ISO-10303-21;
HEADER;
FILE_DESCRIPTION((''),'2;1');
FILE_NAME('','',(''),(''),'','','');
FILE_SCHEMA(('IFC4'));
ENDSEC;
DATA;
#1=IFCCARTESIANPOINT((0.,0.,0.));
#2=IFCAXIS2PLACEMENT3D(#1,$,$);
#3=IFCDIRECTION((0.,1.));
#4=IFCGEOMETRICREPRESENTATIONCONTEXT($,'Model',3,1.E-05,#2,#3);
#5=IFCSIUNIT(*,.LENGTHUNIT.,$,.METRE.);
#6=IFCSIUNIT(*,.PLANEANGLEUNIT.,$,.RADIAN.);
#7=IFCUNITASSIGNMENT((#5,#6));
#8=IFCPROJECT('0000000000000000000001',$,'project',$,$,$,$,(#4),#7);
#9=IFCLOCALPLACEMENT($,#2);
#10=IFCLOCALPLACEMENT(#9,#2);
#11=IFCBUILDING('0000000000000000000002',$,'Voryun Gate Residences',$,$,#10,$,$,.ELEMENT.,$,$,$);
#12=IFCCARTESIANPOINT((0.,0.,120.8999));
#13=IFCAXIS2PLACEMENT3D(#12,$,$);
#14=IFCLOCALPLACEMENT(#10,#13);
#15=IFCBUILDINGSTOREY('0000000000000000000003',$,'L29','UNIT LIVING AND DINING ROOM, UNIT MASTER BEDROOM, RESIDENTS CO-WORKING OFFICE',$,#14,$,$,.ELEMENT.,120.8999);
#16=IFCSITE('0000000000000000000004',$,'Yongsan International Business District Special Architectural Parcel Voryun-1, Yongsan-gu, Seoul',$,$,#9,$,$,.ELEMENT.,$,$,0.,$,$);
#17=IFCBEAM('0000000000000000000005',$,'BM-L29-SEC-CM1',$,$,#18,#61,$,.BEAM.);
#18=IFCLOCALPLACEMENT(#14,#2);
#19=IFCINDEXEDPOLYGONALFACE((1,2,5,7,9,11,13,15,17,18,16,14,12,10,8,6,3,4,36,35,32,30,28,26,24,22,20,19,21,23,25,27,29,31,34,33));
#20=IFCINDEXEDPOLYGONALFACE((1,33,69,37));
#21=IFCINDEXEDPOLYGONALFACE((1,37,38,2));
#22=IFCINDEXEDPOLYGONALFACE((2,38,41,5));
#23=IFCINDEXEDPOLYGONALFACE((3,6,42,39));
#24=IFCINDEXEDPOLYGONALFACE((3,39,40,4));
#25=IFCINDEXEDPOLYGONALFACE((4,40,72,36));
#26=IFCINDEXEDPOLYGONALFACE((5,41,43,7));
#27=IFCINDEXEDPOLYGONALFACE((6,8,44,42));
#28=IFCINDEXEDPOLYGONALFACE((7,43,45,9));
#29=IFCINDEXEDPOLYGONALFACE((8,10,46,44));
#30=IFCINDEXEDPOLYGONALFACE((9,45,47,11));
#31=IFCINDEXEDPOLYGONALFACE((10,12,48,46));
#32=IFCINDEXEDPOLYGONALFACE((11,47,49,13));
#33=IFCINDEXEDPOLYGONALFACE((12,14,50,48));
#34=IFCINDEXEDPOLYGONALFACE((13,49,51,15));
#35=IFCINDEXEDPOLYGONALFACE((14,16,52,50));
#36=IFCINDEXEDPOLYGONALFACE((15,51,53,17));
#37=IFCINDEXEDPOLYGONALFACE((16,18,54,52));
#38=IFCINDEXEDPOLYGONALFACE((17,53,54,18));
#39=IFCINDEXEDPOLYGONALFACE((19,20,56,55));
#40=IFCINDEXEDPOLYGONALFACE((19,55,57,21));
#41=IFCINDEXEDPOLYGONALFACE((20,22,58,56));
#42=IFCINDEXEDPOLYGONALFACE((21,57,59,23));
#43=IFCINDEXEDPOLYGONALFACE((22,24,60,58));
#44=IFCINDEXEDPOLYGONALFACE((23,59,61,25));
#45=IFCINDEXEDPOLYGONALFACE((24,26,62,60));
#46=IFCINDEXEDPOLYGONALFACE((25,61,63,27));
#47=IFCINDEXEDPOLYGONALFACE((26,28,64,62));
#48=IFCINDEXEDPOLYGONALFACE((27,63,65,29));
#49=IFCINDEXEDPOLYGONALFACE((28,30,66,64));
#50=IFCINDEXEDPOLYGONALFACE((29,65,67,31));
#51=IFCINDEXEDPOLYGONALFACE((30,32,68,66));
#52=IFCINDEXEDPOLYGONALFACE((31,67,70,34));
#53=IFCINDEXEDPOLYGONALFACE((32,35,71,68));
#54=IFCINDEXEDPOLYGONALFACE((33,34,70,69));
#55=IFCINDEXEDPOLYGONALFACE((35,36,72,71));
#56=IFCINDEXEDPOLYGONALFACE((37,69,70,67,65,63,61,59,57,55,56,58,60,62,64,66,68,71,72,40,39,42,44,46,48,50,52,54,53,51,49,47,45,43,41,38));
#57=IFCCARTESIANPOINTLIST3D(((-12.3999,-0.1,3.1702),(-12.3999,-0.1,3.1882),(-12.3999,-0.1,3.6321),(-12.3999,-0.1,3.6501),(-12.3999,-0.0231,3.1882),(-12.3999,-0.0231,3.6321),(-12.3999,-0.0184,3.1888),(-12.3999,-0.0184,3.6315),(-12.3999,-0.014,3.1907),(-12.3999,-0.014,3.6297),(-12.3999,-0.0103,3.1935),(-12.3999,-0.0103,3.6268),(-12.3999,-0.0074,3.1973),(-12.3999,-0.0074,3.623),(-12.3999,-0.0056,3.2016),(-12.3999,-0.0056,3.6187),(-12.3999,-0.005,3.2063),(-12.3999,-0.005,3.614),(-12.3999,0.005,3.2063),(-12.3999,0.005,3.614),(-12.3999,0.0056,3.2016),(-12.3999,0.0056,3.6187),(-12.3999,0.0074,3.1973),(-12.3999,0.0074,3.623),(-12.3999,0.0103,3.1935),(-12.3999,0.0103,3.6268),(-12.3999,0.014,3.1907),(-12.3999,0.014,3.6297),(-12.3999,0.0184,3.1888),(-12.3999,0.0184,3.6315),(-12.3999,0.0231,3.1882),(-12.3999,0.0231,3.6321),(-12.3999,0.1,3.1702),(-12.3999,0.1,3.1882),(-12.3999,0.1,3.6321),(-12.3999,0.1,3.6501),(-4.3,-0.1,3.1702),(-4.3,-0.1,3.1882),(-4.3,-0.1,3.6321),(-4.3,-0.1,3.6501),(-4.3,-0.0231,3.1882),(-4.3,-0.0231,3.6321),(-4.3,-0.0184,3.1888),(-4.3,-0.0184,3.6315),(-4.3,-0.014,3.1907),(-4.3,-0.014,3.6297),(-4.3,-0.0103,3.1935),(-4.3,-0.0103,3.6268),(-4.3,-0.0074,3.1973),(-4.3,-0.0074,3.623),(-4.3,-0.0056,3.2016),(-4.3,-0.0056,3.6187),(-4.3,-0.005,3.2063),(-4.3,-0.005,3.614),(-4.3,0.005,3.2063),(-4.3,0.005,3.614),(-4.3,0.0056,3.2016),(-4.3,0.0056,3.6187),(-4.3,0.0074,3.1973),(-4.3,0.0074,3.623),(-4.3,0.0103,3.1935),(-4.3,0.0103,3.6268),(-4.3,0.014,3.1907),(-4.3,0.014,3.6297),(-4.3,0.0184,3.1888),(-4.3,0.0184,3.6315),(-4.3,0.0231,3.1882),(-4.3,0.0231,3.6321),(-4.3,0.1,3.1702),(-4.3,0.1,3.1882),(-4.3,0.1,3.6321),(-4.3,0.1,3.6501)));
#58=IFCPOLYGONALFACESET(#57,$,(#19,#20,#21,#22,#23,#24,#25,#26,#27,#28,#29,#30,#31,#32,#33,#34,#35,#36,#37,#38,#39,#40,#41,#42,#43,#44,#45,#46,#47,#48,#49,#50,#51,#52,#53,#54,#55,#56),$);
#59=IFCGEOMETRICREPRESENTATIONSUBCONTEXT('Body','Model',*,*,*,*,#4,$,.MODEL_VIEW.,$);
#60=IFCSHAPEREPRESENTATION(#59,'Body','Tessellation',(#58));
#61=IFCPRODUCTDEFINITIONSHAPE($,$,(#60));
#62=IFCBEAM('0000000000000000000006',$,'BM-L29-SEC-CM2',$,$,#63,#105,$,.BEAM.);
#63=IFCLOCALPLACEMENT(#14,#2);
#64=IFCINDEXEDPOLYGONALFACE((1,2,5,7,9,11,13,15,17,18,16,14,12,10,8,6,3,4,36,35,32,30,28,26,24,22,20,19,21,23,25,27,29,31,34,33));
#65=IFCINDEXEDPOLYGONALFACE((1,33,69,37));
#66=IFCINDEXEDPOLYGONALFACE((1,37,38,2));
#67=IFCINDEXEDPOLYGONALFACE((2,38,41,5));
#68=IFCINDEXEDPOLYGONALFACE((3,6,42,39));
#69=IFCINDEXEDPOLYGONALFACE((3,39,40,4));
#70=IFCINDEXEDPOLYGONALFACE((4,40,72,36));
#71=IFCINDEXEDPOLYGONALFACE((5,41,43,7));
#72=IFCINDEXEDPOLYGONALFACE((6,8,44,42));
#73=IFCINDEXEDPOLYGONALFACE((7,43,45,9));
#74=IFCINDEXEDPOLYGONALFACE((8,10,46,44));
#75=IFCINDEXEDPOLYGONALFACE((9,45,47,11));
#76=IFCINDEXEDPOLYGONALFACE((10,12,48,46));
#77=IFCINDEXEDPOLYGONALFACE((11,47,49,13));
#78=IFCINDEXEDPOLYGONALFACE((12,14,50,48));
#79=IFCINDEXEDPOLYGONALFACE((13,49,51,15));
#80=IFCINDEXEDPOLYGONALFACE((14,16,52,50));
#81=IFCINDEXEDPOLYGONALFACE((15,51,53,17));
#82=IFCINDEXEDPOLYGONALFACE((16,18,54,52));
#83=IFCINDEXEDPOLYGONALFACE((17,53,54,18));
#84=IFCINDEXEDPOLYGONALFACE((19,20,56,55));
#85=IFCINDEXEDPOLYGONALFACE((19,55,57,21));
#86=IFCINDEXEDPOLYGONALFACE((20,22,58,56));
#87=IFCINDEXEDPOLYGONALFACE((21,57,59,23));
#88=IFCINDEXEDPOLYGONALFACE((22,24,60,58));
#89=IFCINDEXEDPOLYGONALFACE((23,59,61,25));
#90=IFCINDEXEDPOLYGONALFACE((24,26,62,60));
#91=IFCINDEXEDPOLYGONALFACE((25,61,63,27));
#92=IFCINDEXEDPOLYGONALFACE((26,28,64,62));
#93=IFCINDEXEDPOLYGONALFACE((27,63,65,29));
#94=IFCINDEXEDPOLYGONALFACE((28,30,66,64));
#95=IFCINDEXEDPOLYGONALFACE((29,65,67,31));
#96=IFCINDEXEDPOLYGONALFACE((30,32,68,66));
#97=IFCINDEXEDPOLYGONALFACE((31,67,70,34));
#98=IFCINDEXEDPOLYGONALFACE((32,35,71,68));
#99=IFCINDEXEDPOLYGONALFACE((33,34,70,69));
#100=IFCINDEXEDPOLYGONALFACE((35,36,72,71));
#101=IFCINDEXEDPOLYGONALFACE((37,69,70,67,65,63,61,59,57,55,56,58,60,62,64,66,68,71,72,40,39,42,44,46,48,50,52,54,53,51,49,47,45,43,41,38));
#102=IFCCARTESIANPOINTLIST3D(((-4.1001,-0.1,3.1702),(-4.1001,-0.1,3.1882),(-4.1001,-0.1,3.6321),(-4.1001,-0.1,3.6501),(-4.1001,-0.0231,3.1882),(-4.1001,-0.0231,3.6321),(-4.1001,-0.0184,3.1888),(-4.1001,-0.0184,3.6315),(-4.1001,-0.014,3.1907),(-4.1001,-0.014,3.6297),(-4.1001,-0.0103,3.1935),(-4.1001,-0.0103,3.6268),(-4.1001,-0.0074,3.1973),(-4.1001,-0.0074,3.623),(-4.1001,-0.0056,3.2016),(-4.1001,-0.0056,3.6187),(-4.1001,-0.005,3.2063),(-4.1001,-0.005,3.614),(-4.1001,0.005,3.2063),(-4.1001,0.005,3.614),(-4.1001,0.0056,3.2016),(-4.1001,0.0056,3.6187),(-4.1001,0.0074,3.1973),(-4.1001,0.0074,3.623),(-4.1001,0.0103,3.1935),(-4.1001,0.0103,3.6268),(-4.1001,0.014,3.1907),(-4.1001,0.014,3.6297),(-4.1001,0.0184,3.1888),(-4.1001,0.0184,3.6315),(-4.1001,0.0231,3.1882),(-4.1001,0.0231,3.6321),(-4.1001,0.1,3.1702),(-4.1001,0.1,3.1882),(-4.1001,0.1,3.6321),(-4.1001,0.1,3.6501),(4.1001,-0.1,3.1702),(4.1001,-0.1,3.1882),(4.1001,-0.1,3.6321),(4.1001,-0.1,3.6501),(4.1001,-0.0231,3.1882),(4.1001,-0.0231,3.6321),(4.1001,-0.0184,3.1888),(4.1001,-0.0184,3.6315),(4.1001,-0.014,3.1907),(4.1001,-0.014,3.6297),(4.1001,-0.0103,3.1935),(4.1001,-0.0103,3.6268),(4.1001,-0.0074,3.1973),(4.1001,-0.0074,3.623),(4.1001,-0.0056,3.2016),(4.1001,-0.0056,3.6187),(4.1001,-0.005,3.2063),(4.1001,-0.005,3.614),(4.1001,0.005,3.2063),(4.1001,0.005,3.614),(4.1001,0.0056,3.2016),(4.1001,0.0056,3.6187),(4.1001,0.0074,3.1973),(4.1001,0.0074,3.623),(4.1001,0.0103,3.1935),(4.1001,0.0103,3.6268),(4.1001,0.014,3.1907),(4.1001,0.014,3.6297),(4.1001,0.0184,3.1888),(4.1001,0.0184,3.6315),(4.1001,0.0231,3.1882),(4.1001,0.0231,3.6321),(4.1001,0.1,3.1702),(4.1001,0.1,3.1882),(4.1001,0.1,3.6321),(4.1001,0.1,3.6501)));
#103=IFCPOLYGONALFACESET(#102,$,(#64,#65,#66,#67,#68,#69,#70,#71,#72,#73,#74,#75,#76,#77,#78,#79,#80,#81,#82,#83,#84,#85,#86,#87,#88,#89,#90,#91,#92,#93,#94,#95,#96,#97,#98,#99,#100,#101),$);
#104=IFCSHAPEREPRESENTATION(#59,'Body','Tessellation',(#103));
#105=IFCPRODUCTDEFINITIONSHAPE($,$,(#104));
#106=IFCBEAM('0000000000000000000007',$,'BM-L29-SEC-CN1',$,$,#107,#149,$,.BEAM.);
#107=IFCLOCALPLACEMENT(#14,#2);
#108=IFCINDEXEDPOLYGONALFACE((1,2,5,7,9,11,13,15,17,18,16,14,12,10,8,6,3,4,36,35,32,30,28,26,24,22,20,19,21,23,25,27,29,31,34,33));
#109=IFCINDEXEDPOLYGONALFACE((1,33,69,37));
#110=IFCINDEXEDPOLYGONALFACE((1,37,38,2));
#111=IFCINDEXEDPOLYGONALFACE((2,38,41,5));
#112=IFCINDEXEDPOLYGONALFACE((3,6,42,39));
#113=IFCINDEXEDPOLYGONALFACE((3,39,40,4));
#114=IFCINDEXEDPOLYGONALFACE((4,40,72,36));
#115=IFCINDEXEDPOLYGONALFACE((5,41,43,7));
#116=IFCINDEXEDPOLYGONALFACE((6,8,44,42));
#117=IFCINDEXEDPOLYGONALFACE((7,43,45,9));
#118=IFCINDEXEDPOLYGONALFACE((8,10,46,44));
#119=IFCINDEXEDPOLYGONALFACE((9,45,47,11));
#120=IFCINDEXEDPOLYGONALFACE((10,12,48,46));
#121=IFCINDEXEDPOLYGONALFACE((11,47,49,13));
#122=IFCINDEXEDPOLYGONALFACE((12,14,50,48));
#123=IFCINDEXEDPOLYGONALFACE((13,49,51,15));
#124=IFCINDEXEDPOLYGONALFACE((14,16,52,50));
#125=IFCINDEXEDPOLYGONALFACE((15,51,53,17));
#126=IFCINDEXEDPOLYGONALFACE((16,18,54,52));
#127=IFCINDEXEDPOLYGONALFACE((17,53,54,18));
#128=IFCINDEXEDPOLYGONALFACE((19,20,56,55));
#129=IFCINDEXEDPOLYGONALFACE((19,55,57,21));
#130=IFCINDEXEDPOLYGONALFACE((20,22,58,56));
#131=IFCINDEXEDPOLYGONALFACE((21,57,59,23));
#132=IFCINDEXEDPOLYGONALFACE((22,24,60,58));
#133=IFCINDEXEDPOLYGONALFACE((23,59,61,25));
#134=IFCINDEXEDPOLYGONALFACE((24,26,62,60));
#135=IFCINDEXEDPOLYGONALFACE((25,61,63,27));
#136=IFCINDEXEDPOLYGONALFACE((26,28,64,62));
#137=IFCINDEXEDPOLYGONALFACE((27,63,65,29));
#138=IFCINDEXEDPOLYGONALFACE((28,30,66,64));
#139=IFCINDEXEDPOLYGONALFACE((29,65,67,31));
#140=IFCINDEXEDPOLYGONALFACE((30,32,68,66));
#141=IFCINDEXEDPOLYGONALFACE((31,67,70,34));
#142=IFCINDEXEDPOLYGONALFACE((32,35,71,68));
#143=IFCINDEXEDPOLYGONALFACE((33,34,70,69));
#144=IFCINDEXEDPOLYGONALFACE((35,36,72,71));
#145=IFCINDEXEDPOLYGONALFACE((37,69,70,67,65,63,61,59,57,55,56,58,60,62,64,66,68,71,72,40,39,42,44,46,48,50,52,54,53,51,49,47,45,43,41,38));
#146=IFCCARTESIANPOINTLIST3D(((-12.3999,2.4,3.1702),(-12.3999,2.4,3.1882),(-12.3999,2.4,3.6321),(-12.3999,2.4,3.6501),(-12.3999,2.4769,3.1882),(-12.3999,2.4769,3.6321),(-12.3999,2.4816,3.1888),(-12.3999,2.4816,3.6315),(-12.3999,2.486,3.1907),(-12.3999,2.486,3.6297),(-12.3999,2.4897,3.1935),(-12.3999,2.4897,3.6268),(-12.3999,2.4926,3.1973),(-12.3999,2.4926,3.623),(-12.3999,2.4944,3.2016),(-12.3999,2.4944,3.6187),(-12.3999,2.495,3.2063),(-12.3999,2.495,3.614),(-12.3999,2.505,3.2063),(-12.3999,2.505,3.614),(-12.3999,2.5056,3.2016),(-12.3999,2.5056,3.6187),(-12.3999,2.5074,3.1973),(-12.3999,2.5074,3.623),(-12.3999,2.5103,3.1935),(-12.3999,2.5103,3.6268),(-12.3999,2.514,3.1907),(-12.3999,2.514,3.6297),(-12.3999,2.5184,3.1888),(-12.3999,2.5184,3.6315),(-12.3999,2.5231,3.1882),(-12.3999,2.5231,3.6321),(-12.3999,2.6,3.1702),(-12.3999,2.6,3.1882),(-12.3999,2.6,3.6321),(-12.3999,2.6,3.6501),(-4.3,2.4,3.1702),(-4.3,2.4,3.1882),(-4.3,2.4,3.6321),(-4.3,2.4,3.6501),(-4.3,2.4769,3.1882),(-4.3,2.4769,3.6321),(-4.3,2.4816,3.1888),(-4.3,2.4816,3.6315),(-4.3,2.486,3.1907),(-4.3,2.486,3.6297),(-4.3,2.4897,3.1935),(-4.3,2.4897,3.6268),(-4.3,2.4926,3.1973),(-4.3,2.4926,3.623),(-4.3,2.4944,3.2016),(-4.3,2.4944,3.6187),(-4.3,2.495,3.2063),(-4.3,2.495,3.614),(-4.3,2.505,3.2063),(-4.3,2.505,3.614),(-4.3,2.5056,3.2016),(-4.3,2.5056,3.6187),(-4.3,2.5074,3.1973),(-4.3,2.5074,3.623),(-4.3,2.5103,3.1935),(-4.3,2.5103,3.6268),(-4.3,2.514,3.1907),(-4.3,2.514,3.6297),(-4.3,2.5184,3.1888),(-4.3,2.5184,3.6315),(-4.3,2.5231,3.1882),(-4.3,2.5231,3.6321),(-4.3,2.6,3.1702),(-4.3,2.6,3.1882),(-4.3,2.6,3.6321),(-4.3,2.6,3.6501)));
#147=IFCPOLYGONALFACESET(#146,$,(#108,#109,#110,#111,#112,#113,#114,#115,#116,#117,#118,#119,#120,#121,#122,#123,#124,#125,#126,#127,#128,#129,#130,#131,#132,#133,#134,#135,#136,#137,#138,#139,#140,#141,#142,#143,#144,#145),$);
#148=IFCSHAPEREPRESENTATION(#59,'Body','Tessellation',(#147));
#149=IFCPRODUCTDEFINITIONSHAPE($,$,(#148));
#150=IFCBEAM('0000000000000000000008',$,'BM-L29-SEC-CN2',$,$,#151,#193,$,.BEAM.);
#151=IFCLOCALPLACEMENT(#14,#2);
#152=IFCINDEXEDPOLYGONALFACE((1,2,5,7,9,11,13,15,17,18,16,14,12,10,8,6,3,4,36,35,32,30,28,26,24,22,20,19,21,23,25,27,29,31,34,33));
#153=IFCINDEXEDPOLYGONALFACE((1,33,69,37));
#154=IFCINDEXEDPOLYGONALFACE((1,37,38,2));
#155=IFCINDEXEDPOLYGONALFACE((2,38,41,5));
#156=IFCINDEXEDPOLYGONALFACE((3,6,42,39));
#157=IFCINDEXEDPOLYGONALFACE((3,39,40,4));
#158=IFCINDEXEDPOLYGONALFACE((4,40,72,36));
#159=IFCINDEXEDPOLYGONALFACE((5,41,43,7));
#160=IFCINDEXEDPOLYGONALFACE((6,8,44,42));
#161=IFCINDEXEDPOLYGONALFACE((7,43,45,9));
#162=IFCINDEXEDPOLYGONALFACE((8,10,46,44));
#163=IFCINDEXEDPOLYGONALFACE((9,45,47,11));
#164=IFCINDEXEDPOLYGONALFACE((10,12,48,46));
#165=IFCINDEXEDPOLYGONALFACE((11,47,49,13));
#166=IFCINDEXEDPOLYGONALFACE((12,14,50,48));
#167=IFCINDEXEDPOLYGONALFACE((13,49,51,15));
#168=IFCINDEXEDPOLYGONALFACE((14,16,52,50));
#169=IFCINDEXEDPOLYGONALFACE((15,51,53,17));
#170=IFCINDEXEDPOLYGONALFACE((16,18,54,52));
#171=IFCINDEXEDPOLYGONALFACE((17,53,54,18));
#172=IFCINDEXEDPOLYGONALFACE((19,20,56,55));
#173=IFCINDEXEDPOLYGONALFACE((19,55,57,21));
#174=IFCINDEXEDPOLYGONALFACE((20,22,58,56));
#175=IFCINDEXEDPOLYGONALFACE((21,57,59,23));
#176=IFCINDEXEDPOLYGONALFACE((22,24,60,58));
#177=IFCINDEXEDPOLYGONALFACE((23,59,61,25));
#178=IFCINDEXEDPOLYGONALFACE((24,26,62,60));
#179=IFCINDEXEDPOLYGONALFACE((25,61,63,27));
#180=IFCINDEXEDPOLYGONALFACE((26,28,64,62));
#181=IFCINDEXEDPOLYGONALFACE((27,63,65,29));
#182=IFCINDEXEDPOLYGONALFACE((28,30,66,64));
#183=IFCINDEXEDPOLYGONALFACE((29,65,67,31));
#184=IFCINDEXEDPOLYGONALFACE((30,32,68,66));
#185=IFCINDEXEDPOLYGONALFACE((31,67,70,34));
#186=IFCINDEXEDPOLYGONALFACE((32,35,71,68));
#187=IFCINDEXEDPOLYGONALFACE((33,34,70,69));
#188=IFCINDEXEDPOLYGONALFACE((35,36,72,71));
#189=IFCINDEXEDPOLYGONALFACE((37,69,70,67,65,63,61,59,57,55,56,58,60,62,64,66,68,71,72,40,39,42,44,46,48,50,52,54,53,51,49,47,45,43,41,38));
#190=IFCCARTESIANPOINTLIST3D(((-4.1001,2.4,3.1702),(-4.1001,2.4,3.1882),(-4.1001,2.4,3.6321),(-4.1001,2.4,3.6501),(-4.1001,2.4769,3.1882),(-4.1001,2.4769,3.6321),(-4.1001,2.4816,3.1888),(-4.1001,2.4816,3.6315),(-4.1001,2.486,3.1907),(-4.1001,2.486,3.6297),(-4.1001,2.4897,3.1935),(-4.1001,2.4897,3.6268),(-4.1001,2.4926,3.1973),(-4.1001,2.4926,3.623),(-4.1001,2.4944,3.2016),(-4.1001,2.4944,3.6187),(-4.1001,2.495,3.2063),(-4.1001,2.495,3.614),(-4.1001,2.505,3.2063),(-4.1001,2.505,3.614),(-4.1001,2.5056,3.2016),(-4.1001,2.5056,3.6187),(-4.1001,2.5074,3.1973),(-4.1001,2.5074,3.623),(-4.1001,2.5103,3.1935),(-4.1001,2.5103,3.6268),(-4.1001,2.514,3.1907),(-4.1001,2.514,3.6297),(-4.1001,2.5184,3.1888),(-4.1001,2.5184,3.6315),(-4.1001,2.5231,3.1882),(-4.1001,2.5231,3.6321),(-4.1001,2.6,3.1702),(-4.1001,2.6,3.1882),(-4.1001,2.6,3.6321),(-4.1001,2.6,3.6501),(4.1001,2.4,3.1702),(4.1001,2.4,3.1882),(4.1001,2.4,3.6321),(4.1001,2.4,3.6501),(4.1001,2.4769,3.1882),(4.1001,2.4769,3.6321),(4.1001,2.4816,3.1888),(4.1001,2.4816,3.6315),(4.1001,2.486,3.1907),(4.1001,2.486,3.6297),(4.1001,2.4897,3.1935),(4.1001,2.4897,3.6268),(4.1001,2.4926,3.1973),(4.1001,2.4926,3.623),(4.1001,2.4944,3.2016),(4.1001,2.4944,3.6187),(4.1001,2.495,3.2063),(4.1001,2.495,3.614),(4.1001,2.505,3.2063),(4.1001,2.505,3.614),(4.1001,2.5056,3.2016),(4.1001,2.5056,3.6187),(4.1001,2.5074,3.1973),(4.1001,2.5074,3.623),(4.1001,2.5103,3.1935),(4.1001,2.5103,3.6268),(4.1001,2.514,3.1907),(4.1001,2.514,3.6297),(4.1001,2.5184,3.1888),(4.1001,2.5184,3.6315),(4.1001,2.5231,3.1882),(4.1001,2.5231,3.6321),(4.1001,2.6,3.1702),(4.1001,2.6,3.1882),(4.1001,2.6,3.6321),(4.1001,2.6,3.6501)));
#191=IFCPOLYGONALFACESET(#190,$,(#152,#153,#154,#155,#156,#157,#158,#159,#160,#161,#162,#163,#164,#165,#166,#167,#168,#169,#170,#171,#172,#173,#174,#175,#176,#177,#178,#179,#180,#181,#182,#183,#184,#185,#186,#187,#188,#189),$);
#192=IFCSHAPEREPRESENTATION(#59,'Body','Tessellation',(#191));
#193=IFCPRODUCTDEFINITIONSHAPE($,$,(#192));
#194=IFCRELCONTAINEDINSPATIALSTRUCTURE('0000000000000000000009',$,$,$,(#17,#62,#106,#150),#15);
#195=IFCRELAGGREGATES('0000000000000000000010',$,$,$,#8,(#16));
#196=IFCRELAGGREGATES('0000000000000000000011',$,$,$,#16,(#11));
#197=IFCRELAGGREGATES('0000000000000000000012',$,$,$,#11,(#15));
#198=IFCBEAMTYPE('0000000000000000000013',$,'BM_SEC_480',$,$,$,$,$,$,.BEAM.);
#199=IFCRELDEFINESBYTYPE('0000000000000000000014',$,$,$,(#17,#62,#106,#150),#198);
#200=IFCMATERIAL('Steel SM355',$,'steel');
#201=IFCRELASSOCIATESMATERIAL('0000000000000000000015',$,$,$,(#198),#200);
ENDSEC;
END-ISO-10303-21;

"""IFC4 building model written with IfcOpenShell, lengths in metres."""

from ifc_helpers import new_model, si_unit, direction, frame, origin, origin_2d, place, context, subcontext, project, spatial, i_section, extrude, material, material_profile, profile_set, type_object, element, save


model = new_model("IFC4")

# Units and contexts
model_context = context("Model", 3, precision=1e-05, world=origin(), true_north=direction((0.0, 1.0)))
body_context = subcontext(model_context, "Body", "Model", "MODEL_VIEW")
ifc_project = project(units=[si_unit("LENGTHUNIT", "METRE"), si_unit("PLANEANGLEUNIT", "RADIAN")], contexts=[model_context])

# Site, building, storey
site_placement = place(None, origin())
site = spatial("IfcSite", under=ifc_project, at=site_placement, Name="Yongsan International Business District Special Architectural Parcel Voryun-1, Yongsan-gu, Seoul", CompositionType="ELEMENT", RefElevation=0.0)
building_placement = place(site_placement, origin())
building = spatial("IfcBuilding", under=site, at=building_placement, Name="Voryun Gate Residences", CompositionType="ELEMENT")
storey_placement = place(building_placement, frame((0.0, 0.0, 120.8999)))
storey = spatial("IfcBuildingStorey", under=building, at=storey_placement, Name="L29", Description="UNIT LIVING AND DINING ROOM, UNIT MASTER BEDROOM, RESIDENTS CO-WORKING OFFICE", CompositionType="ELEMENT", Elevation=120.8999)

# Beams
ifc_material_1 = material(Name="Steel SM355", Category="steel")
ifc_material_profile_1 = material_profile(ifc_material_1, i_section(OverallWidth=0.2, OverallDepth=0.48, WebThickness=0.01, FlangeThickness=0.0181, FilletRadius=0.0181, at=origin_2d()), Name="H-480x200x10x18")
ifc_profile_set_1 = profile_set([ifc_material_profile_1], Name="Steel SM355")
beam_type_1 = type_object("IfcBeamType", Name="BM_SEC_480", PredefinedType="BEAM", material=ifc_profile_set_1)
beam_1_placement = place(storey_placement, frame((-12.3999, 0.0, 3.4102), z_axis=(1.0, 0.0, 0.0), x_axis=(0.0, 1.0, 0.0)))
element("IfcBeam", 1, at=beam_1_placement, inside=storey, type_object=beam_type_1, Name="BM-L29-SEC-CM1", PredefinedType="BEAM", context=body_context, shape_type="SweptSolid", body=[
    extrude(i_section(OverallWidth=0.2, OverallDepth=0.48, WebThickness=0.01, FlangeThickness=0.0181, FilletRadius=0.0181, at=origin_2d()), origin(), (0.0, 0.0, 1.0), 8.0999),
])
beam_2_placement = place(storey_placement, frame((-4.1001, 0.0, 3.4102), z_axis=(1.0, 0.0, 0.0), x_axis=(0.0, 1.0, 0.0)))
element("IfcBeam", 2, at=beam_2_placement, inside=storey, type_object=beam_type_1, Name="BM-L29-SEC-CM2", PredefinedType="BEAM", context=body_context, shape_type="SweptSolid", body=[
    extrude(i_section(OverallWidth=0.2, OverallDepth=0.48, WebThickness=0.01, FlangeThickness=0.0181, FilletRadius=0.0181, at=origin_2d()), origin(), (0.0, 0.0, 1.0), 8.2002),
])
beam_3_placement = place(storey_placement, frame((-12.3999, 2.5, 3.4102), z_axis=(1.0, 0.0, 0.0), x_axis=(0.0, 1.0, 0.0)))
element("IfcBeam", 3, at=beam_3_placement, inside=storey, type_object=beam_type_1, Name="BM-L29-SEC-CN1", PredefinedType="BEAM", context=body_context, shape_type="SweptSolid", body=[
    extrude(i_section(OverallWidth=0.2, OverallDepth=0.48, WebThickness=0.01, FlangeThickness=0.0181, FilletRadius=0.0181, at=origin_2d()), origin(), (0.0, 0.0, 1.0), 8.0999),
])
beam_4_placement = place(storey_placement, frame((-4.1001, 2.5, 3.4102), z_axis=(1.0, 0.0, 0.0), x_axis=(0.0, 1.0, 0.0)))
element("IfcBeam", 4, at=beam_4_placement, inside=storey, type_object=beam_type_1, Name="BM-L29-SEC-CN2", PredefinedType="BEAM", context=body_context, shape_type="SweptSolid", body=[
    extrude(i_section(OverallWidth=0.2, OverallDepth=0.48, WebThickness=0.01, FlangeThickness=0.0181, FilletRadius=0.0181, at=origin_2d()), origin(), (0.0, 0.0, 1.0), 8.2002),
])

save(model, "model.ifc")
